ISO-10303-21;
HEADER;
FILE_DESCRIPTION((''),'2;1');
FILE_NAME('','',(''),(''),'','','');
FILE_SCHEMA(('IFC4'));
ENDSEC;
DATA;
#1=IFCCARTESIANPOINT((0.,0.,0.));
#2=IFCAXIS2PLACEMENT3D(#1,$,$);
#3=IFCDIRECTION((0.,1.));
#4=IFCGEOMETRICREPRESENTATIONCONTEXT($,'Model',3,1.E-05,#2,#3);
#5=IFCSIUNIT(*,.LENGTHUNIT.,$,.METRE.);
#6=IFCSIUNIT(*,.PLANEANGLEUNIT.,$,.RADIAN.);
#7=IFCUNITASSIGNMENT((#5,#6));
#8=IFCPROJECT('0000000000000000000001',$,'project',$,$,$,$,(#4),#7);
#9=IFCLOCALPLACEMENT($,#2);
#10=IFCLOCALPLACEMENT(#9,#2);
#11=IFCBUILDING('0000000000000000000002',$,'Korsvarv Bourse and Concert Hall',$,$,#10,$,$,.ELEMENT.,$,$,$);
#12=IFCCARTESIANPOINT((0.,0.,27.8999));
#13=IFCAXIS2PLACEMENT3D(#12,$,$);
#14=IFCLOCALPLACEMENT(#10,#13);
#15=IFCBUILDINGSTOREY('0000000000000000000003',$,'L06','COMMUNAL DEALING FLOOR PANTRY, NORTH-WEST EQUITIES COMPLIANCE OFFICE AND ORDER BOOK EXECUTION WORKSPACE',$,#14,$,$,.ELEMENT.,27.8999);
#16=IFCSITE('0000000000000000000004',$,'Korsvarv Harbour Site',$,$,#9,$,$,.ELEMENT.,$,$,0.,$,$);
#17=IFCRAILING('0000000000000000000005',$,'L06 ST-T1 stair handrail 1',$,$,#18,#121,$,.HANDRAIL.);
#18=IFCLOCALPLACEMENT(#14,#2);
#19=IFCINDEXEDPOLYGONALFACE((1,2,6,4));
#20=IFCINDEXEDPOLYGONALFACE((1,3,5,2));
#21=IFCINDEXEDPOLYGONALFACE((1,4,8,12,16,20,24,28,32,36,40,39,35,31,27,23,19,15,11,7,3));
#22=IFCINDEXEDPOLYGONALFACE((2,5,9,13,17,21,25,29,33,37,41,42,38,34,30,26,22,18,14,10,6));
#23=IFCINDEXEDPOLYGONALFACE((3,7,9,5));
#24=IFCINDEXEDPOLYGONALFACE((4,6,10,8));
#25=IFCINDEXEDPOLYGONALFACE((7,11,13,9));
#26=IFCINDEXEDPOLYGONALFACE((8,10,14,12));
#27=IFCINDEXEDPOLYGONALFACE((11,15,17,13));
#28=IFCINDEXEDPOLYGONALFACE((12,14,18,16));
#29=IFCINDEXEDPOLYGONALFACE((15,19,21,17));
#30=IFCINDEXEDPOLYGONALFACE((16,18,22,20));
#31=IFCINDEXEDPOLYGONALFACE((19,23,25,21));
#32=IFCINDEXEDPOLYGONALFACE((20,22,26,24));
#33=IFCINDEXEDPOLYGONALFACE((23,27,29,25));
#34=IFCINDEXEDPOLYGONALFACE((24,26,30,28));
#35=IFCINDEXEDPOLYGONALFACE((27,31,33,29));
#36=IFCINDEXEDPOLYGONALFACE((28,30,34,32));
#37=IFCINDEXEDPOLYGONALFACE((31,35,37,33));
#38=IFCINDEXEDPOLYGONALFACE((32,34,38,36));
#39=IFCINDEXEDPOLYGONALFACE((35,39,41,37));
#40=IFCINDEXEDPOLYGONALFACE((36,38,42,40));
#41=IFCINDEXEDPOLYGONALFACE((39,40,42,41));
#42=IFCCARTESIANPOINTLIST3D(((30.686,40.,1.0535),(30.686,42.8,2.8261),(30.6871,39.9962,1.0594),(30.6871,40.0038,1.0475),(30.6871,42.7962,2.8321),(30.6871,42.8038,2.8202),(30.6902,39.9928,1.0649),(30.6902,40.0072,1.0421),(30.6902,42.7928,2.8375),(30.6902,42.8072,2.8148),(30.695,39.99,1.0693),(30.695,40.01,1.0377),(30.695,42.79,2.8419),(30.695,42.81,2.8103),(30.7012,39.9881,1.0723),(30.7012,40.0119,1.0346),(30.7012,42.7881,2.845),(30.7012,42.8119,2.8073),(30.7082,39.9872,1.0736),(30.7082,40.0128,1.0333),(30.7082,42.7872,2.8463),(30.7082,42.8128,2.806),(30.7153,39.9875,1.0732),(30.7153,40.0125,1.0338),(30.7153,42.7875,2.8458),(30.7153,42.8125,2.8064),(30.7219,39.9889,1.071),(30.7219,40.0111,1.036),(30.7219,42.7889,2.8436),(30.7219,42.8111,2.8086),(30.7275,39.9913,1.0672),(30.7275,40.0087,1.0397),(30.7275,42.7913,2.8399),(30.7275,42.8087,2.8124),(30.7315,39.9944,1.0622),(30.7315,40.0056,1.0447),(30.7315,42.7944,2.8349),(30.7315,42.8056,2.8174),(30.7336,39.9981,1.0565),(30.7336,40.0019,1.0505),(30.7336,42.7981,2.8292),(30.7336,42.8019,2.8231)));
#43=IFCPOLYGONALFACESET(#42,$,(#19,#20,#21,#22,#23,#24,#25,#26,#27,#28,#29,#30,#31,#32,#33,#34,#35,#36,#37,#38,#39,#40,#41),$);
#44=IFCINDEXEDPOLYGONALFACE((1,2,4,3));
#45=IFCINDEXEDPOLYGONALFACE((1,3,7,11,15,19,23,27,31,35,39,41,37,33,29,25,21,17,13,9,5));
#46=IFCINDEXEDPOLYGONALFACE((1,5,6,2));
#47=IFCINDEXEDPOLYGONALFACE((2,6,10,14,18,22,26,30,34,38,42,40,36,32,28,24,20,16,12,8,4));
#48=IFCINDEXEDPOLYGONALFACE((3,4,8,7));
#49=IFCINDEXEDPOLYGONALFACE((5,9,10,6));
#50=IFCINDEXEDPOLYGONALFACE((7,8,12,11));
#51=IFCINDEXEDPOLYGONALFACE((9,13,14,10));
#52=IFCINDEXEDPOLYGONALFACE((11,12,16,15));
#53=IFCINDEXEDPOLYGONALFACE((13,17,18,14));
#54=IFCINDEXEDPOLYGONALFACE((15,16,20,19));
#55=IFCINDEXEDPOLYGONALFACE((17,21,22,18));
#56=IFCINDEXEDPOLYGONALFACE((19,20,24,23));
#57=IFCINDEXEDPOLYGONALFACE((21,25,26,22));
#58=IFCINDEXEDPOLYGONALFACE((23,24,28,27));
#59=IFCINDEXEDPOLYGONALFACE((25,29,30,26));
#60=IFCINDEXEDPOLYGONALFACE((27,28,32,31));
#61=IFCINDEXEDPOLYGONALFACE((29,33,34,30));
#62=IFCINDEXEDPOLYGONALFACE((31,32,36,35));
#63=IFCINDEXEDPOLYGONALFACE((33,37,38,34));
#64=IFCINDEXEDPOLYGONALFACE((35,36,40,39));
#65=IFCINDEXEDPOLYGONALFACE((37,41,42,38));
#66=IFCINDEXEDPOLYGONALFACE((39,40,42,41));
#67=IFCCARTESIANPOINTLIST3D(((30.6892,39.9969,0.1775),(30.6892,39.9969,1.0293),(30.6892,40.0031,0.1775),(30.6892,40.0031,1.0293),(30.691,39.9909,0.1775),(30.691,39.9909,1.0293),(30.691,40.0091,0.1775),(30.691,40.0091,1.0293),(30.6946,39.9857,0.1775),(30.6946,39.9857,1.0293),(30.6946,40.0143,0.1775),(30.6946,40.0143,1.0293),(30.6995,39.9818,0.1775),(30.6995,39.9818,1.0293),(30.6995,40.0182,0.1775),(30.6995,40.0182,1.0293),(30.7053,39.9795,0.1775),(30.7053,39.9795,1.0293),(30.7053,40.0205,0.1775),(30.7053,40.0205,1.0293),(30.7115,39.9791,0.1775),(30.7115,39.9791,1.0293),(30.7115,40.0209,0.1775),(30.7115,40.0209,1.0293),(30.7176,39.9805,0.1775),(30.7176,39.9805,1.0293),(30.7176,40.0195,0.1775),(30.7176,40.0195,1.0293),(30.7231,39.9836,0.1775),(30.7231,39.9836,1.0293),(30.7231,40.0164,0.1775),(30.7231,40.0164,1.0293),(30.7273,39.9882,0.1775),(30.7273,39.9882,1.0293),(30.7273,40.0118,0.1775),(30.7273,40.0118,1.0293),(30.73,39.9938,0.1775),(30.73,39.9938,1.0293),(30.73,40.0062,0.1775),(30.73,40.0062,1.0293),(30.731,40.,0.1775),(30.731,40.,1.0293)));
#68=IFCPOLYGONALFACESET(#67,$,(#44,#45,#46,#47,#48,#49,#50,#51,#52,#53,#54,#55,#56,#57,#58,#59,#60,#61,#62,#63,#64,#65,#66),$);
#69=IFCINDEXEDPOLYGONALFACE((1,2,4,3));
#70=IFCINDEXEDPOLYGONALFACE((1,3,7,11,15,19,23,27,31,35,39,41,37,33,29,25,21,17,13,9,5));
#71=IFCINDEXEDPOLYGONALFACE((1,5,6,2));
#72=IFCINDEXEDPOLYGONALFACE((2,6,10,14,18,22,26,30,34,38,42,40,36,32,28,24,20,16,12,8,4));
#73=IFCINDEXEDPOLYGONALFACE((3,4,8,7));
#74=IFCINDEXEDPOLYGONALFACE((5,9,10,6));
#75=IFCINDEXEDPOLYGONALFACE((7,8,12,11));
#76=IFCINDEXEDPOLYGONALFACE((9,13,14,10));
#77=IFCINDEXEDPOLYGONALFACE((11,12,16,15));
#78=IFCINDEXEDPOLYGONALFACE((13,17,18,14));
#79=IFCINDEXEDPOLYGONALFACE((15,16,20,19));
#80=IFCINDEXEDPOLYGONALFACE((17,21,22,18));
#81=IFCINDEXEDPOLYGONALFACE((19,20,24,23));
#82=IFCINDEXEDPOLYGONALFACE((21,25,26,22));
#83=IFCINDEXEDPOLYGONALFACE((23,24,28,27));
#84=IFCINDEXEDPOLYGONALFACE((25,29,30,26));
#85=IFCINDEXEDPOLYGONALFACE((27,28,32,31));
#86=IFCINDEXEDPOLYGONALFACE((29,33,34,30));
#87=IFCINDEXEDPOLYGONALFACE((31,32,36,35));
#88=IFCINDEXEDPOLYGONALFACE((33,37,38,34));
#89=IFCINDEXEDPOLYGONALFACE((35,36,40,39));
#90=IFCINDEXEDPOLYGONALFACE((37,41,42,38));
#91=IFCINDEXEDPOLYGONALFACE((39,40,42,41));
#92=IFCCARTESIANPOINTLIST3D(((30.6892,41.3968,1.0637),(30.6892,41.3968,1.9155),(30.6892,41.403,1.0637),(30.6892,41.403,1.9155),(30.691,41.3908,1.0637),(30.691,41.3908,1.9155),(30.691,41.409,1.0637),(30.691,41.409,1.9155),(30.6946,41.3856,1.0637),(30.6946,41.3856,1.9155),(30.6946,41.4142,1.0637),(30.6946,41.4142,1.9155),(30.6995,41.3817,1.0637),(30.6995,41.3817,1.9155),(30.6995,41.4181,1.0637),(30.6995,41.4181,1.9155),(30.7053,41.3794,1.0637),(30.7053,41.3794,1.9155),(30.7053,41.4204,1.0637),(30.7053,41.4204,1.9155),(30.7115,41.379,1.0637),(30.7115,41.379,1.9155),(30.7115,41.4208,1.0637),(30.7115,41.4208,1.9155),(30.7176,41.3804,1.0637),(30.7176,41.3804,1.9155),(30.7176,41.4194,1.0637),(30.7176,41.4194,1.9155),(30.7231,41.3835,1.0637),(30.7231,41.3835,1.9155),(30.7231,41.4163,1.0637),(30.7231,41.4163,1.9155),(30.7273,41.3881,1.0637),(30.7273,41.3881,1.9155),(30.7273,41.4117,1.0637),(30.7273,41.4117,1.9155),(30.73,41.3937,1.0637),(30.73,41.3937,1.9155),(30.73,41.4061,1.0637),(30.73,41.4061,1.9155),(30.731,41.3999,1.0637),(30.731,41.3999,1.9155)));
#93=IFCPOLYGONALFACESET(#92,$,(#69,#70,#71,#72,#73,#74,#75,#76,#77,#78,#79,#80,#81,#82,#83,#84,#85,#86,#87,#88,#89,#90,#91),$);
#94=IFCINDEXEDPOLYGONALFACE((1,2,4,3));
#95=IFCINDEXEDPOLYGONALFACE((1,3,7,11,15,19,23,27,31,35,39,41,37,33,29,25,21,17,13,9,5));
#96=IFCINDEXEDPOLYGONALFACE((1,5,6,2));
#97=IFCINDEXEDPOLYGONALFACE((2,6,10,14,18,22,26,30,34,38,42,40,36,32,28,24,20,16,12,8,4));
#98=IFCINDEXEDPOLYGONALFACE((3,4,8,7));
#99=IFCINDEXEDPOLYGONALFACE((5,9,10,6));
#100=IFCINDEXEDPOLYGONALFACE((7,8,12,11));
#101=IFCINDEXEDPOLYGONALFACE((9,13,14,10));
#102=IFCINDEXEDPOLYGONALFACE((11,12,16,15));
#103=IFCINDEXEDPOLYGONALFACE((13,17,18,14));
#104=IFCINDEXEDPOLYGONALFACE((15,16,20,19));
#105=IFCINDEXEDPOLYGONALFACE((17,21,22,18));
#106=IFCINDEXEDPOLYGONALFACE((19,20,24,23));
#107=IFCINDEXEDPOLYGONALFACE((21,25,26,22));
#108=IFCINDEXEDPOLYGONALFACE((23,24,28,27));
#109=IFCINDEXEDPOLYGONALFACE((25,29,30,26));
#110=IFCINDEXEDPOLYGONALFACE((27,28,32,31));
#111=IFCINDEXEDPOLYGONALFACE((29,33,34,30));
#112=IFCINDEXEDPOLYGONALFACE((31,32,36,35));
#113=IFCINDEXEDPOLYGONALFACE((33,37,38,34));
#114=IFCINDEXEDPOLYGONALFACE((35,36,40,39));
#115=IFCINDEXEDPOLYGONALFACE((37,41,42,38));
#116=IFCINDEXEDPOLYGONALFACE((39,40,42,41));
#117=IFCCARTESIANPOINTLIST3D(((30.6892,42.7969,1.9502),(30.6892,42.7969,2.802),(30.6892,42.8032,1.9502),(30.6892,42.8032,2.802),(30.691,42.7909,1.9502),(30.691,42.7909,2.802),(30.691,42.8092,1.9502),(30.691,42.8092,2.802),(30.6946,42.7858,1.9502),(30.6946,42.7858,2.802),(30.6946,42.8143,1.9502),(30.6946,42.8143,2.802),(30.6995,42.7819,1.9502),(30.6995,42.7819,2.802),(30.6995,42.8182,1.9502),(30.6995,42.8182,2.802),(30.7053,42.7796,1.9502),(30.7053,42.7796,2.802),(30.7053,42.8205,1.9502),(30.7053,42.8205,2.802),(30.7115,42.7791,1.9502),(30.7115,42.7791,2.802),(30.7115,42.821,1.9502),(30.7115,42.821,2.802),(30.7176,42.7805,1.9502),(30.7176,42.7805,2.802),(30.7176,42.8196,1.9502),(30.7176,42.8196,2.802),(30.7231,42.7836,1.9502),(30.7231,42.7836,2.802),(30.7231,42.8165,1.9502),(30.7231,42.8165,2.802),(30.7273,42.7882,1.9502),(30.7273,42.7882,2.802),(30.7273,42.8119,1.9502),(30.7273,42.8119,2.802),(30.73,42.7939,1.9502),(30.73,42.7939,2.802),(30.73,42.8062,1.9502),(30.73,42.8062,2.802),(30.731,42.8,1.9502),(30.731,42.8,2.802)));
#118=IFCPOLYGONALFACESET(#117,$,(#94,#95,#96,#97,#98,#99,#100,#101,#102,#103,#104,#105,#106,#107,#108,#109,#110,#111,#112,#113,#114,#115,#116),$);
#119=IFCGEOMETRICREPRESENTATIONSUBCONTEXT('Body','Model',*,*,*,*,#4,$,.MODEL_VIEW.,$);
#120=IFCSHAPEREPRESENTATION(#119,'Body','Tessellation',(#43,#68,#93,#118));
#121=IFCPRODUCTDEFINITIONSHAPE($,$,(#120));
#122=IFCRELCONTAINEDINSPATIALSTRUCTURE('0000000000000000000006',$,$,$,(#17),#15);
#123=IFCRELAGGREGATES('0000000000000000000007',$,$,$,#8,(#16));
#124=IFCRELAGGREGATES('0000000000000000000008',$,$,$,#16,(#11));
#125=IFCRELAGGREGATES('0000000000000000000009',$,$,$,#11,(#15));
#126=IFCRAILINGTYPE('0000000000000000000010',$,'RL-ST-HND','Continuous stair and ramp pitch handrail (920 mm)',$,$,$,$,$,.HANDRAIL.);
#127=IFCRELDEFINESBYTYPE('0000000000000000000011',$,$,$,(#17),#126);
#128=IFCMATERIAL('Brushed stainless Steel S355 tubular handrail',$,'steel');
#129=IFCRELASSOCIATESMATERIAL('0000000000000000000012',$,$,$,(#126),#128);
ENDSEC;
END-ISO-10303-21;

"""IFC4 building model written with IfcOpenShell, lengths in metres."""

from ifc_helpers import new_model, si_unit, direction, frame, origin, origin_2d, place, context, subcontext, project, spatial, circle, extrude, material, type_object, element, save


model = new_model("IFC4")

# Units and contexts
model_context = context("Model", 3, precision=1e-05, world=origin(), true_north=direction((0.0, 1.0)))
body_context = subcontext(model_context, "Body", "Model", "MODEL_VIEW")
ifc_project = project(units=[si_unit("LENGTHUNIT", "METRE"), si_unit("PLANEANGLEUNIT", "RADIAN")], contexts=[model_context])

# Site, building, storey
site_placement = place(None, origin())
site = spatial("IfcSite", under=ifc_project, at=site_placement, Name="Korsvarv Harbour Site", CompositionType="ELEMENT", RefElevation=0.0)
building_placement = place(site_placement, origin())
building = spatial("IfcBuilding", under=site, at=building_placement, Name="Korsvarv Bourse and Concert Hall", CompositionType="ELEMENT")
storey_placement = place(building_placement, frame((0.0, 0.0, 27.8999)))
storey = spatial("IfcBuildingStorey", under=building, at=storey_placement, Name="L06", Description="COMMUNAL DEALING FLOOR PANTRY, NORTH-WEST EQUITIES COMPLIANCE OFFICE AND ORDER BOOK EXECUTION WORKSPACE", CompositionType="ELEMENT", Elevation=27.8999)

# Railing
ifc_material_1 = material(Name="Brushed stainless Steel S355 tubular handrail", Category="steel")
railing_type_1 = type_object("IfcRailingType", Name="RL-ST-HND", Description="Continuous stair and ramp pitch handrail (920 mm)", PredefinedType="HANDRAIL", material=ifc_material_1)
railing_1_placement = place(storey_placement, frame((30.71, 40.0, 0.1775)))
element("IfcRailing", 1, at=railing_1_placement, inside=storey, type_object=railing_type_1, Name="L06 ST-T1 stair handrail 1", PredefinedType="HANDRAIL", context=body_context, shape_type="SweptSolid", body=[
    extrude(circle(Radius=0.0239, at=origin_2d()), frame((0.0, 0.0, 0.876), z_axis=(0.0, 0.844909, 0.53491), x_axis=(-1.0, 0.0, 0.0)), (0.0, 0.0, 1.0), 3.314),
    extrude(circle(Radius=0.021, at=origin_2d()), origin(), (0.0, 0.0, 1.0), 0.8518),
    extrude(circle(Radius=0.021, at=origin_2d()), frame((0.0, 1.3999, 0.8862)), (0.0, 0.0, 1.0), 0.8518),
    extrude(circle(Radius=0.021, at=origin_2d()), frame((0.0, 2.8, 1.7727)), (0.0, 0.0, 1.0), 0.8518),
])

save(model, "model.ifc")
